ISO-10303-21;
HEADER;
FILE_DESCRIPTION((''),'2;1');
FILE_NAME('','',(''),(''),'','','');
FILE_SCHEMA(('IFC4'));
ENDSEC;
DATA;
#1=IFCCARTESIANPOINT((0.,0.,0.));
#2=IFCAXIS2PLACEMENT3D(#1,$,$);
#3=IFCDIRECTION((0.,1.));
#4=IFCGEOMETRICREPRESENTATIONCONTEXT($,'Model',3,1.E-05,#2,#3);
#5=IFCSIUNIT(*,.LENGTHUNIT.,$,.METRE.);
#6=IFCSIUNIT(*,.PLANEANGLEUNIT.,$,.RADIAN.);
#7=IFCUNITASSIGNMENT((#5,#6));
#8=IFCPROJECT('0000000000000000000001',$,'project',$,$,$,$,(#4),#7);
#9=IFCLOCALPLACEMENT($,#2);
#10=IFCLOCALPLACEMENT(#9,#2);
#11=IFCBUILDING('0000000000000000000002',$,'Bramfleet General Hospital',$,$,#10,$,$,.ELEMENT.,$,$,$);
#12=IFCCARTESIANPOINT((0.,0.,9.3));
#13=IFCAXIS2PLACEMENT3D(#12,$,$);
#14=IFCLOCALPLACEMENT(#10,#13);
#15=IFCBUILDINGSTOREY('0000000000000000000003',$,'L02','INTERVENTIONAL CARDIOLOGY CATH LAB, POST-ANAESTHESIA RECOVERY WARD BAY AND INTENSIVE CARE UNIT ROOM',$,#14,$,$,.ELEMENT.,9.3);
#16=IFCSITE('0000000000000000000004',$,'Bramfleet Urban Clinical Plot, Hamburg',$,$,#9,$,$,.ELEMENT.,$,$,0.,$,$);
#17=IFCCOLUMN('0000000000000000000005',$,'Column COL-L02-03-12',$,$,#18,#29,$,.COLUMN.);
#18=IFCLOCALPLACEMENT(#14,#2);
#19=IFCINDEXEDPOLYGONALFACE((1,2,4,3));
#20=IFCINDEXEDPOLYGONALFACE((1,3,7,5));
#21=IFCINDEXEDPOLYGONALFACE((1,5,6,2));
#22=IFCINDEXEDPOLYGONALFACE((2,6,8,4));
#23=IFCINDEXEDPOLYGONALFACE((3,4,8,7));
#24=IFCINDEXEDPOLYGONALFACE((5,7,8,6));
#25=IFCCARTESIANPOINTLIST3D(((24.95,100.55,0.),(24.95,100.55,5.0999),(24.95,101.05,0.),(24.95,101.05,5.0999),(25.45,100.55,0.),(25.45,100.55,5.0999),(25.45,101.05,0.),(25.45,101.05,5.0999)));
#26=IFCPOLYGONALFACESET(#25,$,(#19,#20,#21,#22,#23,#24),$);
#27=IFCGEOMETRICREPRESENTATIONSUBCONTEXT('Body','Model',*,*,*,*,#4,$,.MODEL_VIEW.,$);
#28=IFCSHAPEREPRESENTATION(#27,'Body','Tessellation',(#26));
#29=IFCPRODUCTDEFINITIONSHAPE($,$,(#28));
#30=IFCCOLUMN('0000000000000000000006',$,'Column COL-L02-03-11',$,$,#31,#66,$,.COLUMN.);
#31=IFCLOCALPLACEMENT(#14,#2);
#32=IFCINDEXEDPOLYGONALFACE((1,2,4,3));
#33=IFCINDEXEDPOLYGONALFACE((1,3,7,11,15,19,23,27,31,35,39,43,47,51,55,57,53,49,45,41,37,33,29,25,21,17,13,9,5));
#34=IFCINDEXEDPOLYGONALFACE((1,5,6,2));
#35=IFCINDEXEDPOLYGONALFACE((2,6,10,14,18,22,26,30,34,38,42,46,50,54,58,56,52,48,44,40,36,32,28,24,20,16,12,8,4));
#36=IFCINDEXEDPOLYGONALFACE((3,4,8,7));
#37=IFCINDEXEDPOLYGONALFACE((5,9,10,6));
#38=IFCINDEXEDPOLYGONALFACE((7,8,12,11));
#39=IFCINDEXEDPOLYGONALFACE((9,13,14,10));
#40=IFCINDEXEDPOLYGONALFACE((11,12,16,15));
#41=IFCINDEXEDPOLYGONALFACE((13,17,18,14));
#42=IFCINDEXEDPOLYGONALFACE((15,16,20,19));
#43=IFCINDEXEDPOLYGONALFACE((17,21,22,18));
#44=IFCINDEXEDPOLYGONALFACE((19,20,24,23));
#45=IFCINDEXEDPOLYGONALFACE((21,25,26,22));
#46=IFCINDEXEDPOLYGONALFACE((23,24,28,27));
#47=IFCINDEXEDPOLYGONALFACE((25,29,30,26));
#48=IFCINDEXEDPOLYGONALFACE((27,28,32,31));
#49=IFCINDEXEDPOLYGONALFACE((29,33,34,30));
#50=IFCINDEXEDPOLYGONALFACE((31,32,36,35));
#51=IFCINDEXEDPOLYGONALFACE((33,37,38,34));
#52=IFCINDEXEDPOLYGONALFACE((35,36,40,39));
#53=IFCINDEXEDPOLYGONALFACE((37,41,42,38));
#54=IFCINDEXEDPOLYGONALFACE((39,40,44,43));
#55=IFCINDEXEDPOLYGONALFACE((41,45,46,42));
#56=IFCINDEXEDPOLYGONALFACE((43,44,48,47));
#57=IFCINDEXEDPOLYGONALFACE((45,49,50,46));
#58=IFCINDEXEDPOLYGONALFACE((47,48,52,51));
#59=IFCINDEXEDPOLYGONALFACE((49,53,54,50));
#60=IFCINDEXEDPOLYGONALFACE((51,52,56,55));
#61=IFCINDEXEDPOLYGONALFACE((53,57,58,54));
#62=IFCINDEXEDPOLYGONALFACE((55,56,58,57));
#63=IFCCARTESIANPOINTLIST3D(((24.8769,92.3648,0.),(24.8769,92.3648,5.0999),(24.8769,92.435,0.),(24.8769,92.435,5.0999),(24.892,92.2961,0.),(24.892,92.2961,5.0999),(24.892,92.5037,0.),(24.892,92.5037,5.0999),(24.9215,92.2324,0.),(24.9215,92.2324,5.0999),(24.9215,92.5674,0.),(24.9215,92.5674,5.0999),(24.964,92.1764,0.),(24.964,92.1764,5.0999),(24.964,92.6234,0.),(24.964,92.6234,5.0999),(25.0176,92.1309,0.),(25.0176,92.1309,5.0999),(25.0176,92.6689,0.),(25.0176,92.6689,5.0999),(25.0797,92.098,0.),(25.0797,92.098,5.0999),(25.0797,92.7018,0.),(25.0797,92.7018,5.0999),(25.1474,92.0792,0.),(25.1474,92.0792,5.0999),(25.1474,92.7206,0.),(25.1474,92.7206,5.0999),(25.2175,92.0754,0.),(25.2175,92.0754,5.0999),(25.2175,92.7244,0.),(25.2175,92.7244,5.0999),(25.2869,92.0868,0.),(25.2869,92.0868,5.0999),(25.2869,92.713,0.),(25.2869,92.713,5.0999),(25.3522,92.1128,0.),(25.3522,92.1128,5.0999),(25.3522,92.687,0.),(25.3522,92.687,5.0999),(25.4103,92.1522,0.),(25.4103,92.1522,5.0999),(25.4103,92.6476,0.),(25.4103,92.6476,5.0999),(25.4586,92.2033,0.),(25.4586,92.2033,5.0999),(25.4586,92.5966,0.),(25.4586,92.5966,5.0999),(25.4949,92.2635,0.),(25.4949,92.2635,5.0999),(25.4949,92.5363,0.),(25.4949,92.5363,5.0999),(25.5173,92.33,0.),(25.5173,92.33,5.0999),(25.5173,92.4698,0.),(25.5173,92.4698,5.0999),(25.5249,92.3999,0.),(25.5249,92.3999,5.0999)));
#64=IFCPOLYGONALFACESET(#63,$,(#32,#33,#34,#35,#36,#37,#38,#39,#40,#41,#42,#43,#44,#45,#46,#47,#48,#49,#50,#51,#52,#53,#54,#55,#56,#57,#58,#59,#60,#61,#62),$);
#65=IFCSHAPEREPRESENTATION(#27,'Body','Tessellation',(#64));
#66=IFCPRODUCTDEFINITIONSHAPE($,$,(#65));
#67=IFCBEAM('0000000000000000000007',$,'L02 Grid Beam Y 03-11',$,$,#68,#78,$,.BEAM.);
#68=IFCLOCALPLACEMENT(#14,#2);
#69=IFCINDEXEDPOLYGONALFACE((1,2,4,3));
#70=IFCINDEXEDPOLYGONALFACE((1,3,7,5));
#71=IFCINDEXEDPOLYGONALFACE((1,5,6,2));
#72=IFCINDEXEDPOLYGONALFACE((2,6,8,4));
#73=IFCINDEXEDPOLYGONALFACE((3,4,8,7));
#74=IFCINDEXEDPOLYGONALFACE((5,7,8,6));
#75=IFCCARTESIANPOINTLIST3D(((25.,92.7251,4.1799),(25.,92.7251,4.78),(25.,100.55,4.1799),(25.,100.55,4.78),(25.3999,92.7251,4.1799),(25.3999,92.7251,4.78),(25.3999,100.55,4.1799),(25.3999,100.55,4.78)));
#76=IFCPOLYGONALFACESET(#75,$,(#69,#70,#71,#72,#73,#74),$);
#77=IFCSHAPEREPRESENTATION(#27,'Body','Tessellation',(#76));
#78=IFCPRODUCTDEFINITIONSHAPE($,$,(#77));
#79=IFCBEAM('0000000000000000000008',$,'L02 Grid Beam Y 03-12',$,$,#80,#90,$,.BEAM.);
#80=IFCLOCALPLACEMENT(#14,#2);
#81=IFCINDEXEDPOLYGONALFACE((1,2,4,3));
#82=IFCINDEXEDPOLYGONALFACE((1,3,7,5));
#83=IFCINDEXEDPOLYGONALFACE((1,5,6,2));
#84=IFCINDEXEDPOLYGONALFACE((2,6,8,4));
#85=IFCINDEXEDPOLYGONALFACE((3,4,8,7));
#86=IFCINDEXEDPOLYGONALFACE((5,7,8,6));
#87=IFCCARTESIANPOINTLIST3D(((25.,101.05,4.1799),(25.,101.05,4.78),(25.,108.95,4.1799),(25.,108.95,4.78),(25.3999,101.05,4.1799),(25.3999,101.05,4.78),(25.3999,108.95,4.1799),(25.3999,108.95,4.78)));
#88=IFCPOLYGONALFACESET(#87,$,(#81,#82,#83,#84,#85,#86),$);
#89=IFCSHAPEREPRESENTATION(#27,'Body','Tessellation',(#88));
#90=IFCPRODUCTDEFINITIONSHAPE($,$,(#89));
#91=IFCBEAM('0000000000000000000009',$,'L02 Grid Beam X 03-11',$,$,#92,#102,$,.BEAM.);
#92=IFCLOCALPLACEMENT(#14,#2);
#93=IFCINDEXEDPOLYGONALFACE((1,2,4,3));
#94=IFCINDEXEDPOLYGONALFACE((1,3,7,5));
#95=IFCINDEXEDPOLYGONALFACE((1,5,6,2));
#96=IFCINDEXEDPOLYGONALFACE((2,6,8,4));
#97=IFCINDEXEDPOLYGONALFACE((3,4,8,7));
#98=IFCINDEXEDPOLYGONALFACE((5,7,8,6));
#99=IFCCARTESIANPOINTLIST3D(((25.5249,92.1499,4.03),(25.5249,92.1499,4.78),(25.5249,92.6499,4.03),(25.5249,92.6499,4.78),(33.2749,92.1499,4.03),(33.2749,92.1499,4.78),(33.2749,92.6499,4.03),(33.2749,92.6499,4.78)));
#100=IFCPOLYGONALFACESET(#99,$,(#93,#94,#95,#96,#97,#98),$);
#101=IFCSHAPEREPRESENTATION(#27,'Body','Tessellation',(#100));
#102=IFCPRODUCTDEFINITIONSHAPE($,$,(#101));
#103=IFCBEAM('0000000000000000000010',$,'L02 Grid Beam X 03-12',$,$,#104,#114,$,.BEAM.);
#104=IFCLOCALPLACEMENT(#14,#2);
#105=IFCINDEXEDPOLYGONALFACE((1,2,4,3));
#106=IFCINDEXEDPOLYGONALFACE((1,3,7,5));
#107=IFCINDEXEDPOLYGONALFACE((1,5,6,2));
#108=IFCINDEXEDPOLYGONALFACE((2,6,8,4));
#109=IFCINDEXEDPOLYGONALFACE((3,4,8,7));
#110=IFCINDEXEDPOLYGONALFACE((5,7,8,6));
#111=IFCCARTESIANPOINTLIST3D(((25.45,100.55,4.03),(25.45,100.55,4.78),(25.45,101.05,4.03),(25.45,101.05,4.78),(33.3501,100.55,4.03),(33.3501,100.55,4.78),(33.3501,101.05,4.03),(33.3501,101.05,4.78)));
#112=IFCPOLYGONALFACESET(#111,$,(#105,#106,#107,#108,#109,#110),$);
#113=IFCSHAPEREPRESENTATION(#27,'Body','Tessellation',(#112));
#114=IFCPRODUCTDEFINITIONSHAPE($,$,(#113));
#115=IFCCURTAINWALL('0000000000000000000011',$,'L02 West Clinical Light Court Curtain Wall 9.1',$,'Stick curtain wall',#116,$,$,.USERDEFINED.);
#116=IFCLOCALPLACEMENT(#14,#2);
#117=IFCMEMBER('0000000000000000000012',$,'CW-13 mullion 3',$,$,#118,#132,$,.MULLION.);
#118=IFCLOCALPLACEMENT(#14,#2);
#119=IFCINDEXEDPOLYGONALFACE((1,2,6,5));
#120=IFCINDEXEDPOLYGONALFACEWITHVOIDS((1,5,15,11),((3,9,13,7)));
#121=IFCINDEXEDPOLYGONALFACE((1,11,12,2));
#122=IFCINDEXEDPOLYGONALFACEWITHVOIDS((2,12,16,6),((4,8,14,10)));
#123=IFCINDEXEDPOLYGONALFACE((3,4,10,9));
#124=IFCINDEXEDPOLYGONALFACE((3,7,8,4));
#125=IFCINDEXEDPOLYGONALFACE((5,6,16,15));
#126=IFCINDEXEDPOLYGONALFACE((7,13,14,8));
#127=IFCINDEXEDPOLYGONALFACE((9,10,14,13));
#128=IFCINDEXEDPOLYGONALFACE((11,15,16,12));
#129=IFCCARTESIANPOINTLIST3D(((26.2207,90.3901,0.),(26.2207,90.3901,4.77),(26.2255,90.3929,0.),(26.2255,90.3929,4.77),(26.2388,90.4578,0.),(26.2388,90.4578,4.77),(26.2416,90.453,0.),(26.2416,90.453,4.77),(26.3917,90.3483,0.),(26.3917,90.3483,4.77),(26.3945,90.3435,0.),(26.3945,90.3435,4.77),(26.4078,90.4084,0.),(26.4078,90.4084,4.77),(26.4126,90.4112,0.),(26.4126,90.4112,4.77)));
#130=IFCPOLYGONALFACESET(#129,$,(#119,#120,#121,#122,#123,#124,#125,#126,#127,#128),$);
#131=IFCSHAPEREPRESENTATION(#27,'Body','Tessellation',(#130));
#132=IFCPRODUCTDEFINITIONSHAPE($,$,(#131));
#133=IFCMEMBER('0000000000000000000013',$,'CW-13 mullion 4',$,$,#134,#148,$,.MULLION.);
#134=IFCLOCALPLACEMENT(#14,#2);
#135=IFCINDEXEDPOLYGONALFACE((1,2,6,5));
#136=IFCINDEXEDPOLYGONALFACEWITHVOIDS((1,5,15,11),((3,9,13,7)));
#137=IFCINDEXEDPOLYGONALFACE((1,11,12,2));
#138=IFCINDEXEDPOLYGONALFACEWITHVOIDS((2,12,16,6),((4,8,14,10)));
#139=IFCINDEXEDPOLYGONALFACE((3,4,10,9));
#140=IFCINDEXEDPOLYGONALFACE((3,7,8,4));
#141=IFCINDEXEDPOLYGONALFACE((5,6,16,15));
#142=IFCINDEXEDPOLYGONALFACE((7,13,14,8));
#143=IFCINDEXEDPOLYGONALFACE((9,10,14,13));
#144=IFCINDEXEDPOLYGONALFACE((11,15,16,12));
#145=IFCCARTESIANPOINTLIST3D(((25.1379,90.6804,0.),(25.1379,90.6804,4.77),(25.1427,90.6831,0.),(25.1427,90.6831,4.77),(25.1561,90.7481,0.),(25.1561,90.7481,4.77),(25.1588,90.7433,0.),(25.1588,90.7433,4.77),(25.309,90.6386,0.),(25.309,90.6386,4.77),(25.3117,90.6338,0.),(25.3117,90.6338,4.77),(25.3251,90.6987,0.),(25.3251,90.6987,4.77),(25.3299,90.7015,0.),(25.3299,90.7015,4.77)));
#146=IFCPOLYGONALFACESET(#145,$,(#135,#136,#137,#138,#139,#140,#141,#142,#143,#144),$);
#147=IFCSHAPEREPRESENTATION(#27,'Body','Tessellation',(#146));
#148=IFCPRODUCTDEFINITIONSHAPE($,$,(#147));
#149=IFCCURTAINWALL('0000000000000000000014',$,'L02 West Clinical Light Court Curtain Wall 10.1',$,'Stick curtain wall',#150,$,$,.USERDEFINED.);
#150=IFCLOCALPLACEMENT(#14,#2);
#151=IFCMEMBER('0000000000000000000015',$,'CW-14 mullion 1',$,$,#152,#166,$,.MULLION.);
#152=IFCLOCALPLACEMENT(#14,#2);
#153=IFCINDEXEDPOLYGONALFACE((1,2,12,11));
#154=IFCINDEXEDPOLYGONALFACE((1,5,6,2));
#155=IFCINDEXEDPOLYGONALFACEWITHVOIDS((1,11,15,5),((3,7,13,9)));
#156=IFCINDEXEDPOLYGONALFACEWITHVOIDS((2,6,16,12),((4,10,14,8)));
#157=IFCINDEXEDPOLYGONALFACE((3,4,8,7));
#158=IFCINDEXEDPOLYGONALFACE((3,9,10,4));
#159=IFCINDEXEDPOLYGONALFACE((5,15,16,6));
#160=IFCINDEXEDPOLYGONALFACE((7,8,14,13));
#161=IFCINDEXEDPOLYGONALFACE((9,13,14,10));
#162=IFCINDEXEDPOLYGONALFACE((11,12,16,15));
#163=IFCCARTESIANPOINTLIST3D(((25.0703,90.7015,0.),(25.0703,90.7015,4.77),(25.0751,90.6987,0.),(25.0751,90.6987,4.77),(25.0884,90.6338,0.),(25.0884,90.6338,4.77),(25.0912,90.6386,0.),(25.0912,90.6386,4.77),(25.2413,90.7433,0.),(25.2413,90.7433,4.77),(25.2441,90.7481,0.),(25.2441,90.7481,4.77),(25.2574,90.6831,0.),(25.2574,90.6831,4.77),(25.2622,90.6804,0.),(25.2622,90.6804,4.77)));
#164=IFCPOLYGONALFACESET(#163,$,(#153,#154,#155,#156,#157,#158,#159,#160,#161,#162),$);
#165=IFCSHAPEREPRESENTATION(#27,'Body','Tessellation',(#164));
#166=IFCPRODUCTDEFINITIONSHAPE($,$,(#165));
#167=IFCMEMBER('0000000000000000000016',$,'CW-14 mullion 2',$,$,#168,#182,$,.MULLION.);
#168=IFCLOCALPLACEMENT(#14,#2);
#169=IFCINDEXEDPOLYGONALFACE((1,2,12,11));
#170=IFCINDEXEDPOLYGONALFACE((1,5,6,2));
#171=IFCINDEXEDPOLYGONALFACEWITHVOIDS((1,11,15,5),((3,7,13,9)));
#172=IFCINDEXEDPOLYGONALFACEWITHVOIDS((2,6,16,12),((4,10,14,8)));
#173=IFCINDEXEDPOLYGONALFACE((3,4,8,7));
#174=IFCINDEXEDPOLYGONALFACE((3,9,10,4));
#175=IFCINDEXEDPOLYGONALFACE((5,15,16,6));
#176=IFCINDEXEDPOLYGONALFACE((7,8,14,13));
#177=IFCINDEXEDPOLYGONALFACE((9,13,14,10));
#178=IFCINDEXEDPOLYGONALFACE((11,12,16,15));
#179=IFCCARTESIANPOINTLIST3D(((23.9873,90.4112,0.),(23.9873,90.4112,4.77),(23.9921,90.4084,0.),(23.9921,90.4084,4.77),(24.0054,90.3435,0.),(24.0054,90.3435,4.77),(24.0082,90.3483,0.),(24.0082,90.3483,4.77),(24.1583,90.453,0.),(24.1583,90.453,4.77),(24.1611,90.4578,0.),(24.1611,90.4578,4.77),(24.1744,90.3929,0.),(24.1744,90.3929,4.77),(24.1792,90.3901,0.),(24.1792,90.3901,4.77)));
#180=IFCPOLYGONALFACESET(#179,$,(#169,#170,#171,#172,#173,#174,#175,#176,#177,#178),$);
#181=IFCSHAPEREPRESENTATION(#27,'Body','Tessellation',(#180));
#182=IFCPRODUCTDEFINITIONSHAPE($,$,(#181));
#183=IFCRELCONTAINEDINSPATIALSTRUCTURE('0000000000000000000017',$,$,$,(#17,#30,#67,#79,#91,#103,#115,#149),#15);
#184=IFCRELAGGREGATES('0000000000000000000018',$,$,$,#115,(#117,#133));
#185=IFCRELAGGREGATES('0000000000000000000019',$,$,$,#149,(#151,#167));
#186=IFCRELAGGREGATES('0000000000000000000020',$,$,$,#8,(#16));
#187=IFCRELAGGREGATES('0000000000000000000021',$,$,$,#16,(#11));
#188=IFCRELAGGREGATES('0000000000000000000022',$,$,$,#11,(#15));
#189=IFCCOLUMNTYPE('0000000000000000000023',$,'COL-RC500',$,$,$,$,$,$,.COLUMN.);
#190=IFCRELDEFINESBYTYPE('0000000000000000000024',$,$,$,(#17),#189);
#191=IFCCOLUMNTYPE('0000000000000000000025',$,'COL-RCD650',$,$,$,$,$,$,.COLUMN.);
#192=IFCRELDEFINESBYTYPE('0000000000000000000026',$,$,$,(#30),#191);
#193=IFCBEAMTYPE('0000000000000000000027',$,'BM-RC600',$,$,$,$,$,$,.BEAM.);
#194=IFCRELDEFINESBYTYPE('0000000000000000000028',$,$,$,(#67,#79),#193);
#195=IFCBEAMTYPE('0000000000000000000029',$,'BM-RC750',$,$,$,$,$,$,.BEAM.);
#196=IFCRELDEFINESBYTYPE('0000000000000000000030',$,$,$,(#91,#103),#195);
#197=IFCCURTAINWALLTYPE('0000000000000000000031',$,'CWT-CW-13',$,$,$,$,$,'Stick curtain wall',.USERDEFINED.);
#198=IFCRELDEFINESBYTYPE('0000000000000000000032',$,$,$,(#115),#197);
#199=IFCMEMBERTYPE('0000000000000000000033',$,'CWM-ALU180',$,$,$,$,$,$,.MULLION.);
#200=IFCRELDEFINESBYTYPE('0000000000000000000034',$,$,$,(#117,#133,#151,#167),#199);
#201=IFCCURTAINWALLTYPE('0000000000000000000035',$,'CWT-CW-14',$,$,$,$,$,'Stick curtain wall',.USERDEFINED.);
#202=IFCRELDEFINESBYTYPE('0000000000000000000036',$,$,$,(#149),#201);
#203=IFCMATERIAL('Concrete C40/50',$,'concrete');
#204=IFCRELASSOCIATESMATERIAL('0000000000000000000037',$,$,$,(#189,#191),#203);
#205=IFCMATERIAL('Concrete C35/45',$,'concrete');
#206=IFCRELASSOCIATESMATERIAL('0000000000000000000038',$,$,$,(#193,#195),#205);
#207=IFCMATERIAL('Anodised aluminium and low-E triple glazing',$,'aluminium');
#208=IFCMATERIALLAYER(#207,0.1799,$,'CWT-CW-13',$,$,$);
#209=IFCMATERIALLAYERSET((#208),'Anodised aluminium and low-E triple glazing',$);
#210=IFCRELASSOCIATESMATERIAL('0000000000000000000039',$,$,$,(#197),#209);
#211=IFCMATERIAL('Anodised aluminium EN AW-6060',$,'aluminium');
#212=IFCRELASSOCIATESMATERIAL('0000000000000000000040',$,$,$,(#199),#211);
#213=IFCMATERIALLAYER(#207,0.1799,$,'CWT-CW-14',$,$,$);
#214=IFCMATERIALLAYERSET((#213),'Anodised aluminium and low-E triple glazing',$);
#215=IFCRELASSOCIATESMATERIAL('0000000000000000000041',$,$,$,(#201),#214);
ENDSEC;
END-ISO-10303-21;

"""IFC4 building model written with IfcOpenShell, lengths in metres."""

from ifc_helpers import new_model, si_unit, direction, frame, origin, origin_2d, place, context, subcontext, project, spatial, rectangle, hollow_rectangle, circle, extrude, material, layer, layer_set, material_profile, profile_set, type_object, element, aggregate, save


model = new_model("IFC4")

# Units and contexts
model_context = context("Model", 3, precision=1e-05, world=origin(), true_north=direction((0.0, 1.0)))
body_context = subcontext(model_context, "Body", "Model", "MODEL_VIEW")
ifc_project = project(units=[si_unit("LENGTHUNIT", "METRE"), si_unit("PLANEANGLEUNIT", "RADIAN")], contexts=[model_context])

# Site, building, storey
site_placement = place(None, origin())
site = spatial("IfcSite", under=ifc_project, at=site_placement, Name="Bramfleet Urban Clinical Plot, Hamburg", CompositionType="ELEMENT", RefElevation=0.0)
building_placement = place(site_placement, origin())
building = spatial("IfcBuilding", under=site, at=building_placement, Name="Bramfleet General Hospital", CompositionType="ELEMENT")
storey_placement = place(building_placement, frame((0.0, 0.0, 9.3)))
storey = spatial("IfcBuildingStorey", under=building, at=storey_placement, Name="L02", Description="INTERVENTIONAL CARDIOLOGY CATH LAB, POST-ANAESTHESIA RECOVERY WARD BAY AND INTENSIVE CARE UNIT ROOM", CompositionType="ELEMENT", Elevation=9.3)

# Columns
ifc_material_1 = material(Name="Concrete C40/50", Category="concrete")
ifc_material_profile_1 = material_profile(ifc_material_1, rectangle(XDim=0.5, YDim=0.5, at=origin_2d()), Name="RC COL 500x500")
ifc_profile_set_1 = profile_set([ifc_material_profile_1], Name="Concrete C40/50")
column_type_1 = type_object("IfcColumnType", Name="COL-RC500", PredefinedType="COLUMN", material=ifc_profile_set_1)
column_1_placement = place(storey_placement, frame((25.2, 100.8, 0.0), z_axis=(0.0, 0.0, 1.0), x_axis=(1.0, 0.0, 0.0)))
element("IfcColumn", 1, at=column_1_placement, inside=storey, type_object=column_type_1, Name="Column COL-L02-03-12", PredefinedType="COLUMN", context=body_context, shape_type="SweptSolid", body=[
    extrude(rectangle(XDim=0.5, YDim=0.5, at=origin_2d()), origin(), (0.0, 0.0, 1.0), 5.0999),
])
ifc_material_profile_2 = material_profile(ifc_material_1, circle(Radius=0.325, at=origin_2d()), Name="RC ROUND D650")
ifc_profile_set_2 = profile_set([ifc_material_profile_2], Name="Concrete C40/50")
column_type_2 = type_object("IfcColumnType", Name="COL-RCD650", PredefinedType="COLUMN", material=ifc_profile_set_2)
column_2_placement = place(storey_placement, frame((25.2, 92.3999, 0.0), z_axis=(0.0, 0.0, 1.0), x_axis=(1.0, 0.0, 0.0)))
element("IfcColumn", 2, at=column_2_placement, inside=storey, type_object=column_type_2, Name="Column COL-L02-03-11", PredefinedType="COLUMN", context=body_context, shape_type="SweptSolid", body=[
    extrude(circle(Radius=0.325, at=origin_2d()), origin(), (0.0, 0.0, 1.0), 5.0999),
])

# Beams
ifc_material_2 = material(Name="Concrete C35/45", Category="concrete")
ifc_material_profile_3 = material_profile(ifc_material_2, rectangle(XDim=0.3999, YDim=0.6001, at=origin_2d()), Name="RC BM 600x400")
ifc_profile_set_3 = profile_set([ifc_material_profile_3], Name="Concrete C35/45")
beam_type_1 = type_object("IfcBeamType", Name="BM-RC600", PredefinedType="BEAM", material=ifc_profile_set_3)
beam_1_placement = place(storey_placement, frame((25.2, 92.7251, 4.48), z_axis=(0.0, 1.0, 0.0), x_axis=(-1.0, 0.0, 0.0)))
element("IfcBeam", 3, at=beam_1_placement, inside=storey, type_object=beam_type_1, Name="L02 Grid Beam Y 03-11", PredefinedType="BEAM", context=body_context, shape_type="SweptSolid", body=[
    extrude(rectangle(XDim=0.3999, YDim=0.6001, at=origin_2d()), origin(), (0.0, 0.0, 1.0), 7.825),
])
beam_2_placement = place(storey_placement, frame((25.2, 101.05, 4.48), z_axis=(0.0, 1.0, 0.0), x_axis=(-1.0, 0.0, 0.0)))
element("IfcBeam", 4, at=beam_2_placement, inside=storey, type_object=beam_type_1, Name="L02 Grid Beam Y 03-12", PredefinedType="BEAM", context=body_context, shape_type="SweptSolid", body=[
    extrude(rectangle(XDim=0.3999, YDim=0.6001, at=origin_2d()), origin(), (0.0, 0.0, 1.0), 7.8999),
])
ifc_material_profile_4 = material_profile(ifc_material_2, rectangle(XDim=0.5, YDim=0.75, at=origin_2d()), Name="RC BM 750x500")
ifc_profile_set_4 = profile_set([ifc_material_profile_4], Name="Concrete C35/45")
beam_type_2 = type_object("IfcBeamType", Name="BM-RC750", PredefinedType="BEAM", material=ifc_profile_set_4)
beam_3_placement = place(storey_placement, frame((25.5249, 92.3999, 4.405), z_axis=(1.0, 0.0, 0.0), x_axis=(0.0, 1.0, 0.0)))
element("IfcBeam", 5, at=beam_3_placement, inside=storey, type_object=beam_type_2, Name="L02 Grid Beam X 03-11", PredefinedType="BEAM", context=body_context, shape_type="SweptSolid", body=[
    extrude(rectangle(XDim=0.5, YDim=0.75, at=origin_2d()), origin(), (0.0, 0.0, 1.0), 7.75),
])
beam_4_placement = place(storey_placement, frame((25.45, 100.8, 4.405), z_axis=(1.0, 0.0, 0.0), x_axis=(0.0, 1.0, 0.0)))
element("IfcBeam", 6, at=beam_4_placement, inside=storey, type_object=beam_type_2, Name="L02 Grid Beam X 03-12", PredefinedType="BEAM", context=body_context, shape_type="SweptSolid", body=[
    extrude(rectangle(XDim=0.5, YDim=0.75, at=origin_2d()), origin(), (0.0, 0.0, 1.0), 7.9001),
])

# Curtain walls, members
ifc_material_3 = material(Name="Anodised aluminium and low-E triple glazing", Category="aluminium")
ifc_layer_1 = layer(ifc_material_3, 0.1799, Name="CWT-CW-13")
ifc_layer_set_1 = layer_set([ifc_layer_1], Name="Anodised aluminium and low-E triple glazing")
curtain_wall_type_1 = type_object("IfcCurtainWallType", Name="CWT-CW-13", ElementType="Stick curtain wall", PredefinedType="USERDEFINED", material=ifc_layer_set_1)
curtain_wall_1_placement = place(storey_placement, origin())
curtain_wall_1 = element("IfcCurtainWall", 7, at=curtain_wall_1_placement, inside=storey, type_object=curtain_wall_type_1, Name="L02 West Clinical Light Court Curtain Wall 9.1", ObjectType="Stick curtain wall", PredefinedType="USERDEFINED")
ifc_material_4 = material(Name="Anodised aluminium EN AW-6060", Category="aluminium")
ifc_material_profile_5 = material_profile(ifc_material_4, hollow_rectangle(XDim=0.0701, YDim=0.1799, WallThickness=0.0039, at=origin_2d()), Name="ALU 180x70x4.0")
ifc_profile_set_5 = profile_set([ifc_material_profile_5], Name="Anodised aluminium EN AW-6060")
member_type_1 = type_object("IfcMemberType", Name="CWM-ALU180", PredefinedType="MULLION", material=ifc_profile_set_5)
member_1_placement = place(storey_placement, frame((26.3167, 90.4006, 0.0), z_axis=(0.0, 0.0, 1.0), x_axis=(-0.258919, -0.965899, 0.0)))
member_1 = element("IfcMember", 8, at=member_1_placement, type_object=member_type_1, Name="CW-13 mullion 3", PredefinedType="MULLION", context=body_context, shape_type="SweptSolid", body=[
    extrude(hollow_rectangle(XDim=0.0701, YDim=0.1799, WallThickness=0.0039, at=origin_2d()), origin(), (0.0, 0.0, 1.0), 4.77),
])
member_2_placement = place(storey_placement, frame((25.2339, 90.6909, 0.0), z_axis=(0.0, 0.0, 1.0), x_axis=(-0.258919, -0.965899, 0.0)))
member_2 = element("IfcMember", 9, at=member_2_placement, type_object=member_type_1, Name="CW-13 mullion 4", PredefinedType="MULLION", context=body_context, shape_type="SweptSolid", body=[
    extrude(hollow_rectangle(XDim=0.0701, YDim=0.1799, WallThickness=0.0039, at=origin_2d()), origin(), (0.0, 0.0, 1.0), 4.77),
])
ifc_layer_2 = layer(ifc_material_3, 0.1799, Name="CWT-CW-14")
ifc_layer_set_2 = layer_set([ifc_layer_2], Name="Anodised aluminium and low-E triple glazing")
curtain_wall_type_2 = type_object("IfcCurtainWallType", Name="CWT-CW-14", ElementType="Stick curtain wall", PredefinedType="USERDEFINED", material=ifc_layer_set_2)
curtain_wall_2_placement = place(storey_placement, origin())
curtain_wall_2 = element("IfcCurtainWall", 10, at=curtain_wall_2_placement, inside=storey, type_object=curtain_wall_type_2, Name="L02 West Clinical Light Court Curtain Wall 10.1", ObjectType="Stick curtain wall", PredefinedType="USERDEFINED")
member_3_placement = place(storey_placement, frame((25.1663, 90.6909, 0.0), z_axis=(0.0, 0.0, 1.0), x_axis=(0.258919, -0.965899, 0.0)))
member_3 = element("IfcMember", 11, at=member_3_placement, type_object=member_type_1, Name="CW-14 mullion 1", PredefinedType="MULLION", context=body_context, shape_type="SweptSolid", body=[
    extrude(hollow_rectangle(XDim=0.0701, YDim=0.1799, WallThickness=0.0039, at=origin_2d()), origin(), (0.0, 0.0, 1.0), 4.77),
])
member_4_placement = place(storey_placement, frame((24.0833, 90.4006, 0.0), z_axis=(0.0, 0.0, 1.0), x_axis=(0.258919, -0.965899, 0.0)))
member_4 = element("IfcMember", 12, at=member_4_placement, type_object=member_type_1, Name="CW-14 mullion 2", PredefinedType="MULLION", context=body_context, shape_type="SweptSolid", body=[
    extrude(hollow_rectangle(XDim=0.0701, YDim=0.1799, WallThickness=0.0039, at=origin_2d()), origin(), (0.0, 0.0, 1.0), 4.77),
])

aggregate(curtain_wall_1, [member_1, member_2])
aggregate(curtain_wall_2, [member_3, member_4])

save(model, "model.ifc")
